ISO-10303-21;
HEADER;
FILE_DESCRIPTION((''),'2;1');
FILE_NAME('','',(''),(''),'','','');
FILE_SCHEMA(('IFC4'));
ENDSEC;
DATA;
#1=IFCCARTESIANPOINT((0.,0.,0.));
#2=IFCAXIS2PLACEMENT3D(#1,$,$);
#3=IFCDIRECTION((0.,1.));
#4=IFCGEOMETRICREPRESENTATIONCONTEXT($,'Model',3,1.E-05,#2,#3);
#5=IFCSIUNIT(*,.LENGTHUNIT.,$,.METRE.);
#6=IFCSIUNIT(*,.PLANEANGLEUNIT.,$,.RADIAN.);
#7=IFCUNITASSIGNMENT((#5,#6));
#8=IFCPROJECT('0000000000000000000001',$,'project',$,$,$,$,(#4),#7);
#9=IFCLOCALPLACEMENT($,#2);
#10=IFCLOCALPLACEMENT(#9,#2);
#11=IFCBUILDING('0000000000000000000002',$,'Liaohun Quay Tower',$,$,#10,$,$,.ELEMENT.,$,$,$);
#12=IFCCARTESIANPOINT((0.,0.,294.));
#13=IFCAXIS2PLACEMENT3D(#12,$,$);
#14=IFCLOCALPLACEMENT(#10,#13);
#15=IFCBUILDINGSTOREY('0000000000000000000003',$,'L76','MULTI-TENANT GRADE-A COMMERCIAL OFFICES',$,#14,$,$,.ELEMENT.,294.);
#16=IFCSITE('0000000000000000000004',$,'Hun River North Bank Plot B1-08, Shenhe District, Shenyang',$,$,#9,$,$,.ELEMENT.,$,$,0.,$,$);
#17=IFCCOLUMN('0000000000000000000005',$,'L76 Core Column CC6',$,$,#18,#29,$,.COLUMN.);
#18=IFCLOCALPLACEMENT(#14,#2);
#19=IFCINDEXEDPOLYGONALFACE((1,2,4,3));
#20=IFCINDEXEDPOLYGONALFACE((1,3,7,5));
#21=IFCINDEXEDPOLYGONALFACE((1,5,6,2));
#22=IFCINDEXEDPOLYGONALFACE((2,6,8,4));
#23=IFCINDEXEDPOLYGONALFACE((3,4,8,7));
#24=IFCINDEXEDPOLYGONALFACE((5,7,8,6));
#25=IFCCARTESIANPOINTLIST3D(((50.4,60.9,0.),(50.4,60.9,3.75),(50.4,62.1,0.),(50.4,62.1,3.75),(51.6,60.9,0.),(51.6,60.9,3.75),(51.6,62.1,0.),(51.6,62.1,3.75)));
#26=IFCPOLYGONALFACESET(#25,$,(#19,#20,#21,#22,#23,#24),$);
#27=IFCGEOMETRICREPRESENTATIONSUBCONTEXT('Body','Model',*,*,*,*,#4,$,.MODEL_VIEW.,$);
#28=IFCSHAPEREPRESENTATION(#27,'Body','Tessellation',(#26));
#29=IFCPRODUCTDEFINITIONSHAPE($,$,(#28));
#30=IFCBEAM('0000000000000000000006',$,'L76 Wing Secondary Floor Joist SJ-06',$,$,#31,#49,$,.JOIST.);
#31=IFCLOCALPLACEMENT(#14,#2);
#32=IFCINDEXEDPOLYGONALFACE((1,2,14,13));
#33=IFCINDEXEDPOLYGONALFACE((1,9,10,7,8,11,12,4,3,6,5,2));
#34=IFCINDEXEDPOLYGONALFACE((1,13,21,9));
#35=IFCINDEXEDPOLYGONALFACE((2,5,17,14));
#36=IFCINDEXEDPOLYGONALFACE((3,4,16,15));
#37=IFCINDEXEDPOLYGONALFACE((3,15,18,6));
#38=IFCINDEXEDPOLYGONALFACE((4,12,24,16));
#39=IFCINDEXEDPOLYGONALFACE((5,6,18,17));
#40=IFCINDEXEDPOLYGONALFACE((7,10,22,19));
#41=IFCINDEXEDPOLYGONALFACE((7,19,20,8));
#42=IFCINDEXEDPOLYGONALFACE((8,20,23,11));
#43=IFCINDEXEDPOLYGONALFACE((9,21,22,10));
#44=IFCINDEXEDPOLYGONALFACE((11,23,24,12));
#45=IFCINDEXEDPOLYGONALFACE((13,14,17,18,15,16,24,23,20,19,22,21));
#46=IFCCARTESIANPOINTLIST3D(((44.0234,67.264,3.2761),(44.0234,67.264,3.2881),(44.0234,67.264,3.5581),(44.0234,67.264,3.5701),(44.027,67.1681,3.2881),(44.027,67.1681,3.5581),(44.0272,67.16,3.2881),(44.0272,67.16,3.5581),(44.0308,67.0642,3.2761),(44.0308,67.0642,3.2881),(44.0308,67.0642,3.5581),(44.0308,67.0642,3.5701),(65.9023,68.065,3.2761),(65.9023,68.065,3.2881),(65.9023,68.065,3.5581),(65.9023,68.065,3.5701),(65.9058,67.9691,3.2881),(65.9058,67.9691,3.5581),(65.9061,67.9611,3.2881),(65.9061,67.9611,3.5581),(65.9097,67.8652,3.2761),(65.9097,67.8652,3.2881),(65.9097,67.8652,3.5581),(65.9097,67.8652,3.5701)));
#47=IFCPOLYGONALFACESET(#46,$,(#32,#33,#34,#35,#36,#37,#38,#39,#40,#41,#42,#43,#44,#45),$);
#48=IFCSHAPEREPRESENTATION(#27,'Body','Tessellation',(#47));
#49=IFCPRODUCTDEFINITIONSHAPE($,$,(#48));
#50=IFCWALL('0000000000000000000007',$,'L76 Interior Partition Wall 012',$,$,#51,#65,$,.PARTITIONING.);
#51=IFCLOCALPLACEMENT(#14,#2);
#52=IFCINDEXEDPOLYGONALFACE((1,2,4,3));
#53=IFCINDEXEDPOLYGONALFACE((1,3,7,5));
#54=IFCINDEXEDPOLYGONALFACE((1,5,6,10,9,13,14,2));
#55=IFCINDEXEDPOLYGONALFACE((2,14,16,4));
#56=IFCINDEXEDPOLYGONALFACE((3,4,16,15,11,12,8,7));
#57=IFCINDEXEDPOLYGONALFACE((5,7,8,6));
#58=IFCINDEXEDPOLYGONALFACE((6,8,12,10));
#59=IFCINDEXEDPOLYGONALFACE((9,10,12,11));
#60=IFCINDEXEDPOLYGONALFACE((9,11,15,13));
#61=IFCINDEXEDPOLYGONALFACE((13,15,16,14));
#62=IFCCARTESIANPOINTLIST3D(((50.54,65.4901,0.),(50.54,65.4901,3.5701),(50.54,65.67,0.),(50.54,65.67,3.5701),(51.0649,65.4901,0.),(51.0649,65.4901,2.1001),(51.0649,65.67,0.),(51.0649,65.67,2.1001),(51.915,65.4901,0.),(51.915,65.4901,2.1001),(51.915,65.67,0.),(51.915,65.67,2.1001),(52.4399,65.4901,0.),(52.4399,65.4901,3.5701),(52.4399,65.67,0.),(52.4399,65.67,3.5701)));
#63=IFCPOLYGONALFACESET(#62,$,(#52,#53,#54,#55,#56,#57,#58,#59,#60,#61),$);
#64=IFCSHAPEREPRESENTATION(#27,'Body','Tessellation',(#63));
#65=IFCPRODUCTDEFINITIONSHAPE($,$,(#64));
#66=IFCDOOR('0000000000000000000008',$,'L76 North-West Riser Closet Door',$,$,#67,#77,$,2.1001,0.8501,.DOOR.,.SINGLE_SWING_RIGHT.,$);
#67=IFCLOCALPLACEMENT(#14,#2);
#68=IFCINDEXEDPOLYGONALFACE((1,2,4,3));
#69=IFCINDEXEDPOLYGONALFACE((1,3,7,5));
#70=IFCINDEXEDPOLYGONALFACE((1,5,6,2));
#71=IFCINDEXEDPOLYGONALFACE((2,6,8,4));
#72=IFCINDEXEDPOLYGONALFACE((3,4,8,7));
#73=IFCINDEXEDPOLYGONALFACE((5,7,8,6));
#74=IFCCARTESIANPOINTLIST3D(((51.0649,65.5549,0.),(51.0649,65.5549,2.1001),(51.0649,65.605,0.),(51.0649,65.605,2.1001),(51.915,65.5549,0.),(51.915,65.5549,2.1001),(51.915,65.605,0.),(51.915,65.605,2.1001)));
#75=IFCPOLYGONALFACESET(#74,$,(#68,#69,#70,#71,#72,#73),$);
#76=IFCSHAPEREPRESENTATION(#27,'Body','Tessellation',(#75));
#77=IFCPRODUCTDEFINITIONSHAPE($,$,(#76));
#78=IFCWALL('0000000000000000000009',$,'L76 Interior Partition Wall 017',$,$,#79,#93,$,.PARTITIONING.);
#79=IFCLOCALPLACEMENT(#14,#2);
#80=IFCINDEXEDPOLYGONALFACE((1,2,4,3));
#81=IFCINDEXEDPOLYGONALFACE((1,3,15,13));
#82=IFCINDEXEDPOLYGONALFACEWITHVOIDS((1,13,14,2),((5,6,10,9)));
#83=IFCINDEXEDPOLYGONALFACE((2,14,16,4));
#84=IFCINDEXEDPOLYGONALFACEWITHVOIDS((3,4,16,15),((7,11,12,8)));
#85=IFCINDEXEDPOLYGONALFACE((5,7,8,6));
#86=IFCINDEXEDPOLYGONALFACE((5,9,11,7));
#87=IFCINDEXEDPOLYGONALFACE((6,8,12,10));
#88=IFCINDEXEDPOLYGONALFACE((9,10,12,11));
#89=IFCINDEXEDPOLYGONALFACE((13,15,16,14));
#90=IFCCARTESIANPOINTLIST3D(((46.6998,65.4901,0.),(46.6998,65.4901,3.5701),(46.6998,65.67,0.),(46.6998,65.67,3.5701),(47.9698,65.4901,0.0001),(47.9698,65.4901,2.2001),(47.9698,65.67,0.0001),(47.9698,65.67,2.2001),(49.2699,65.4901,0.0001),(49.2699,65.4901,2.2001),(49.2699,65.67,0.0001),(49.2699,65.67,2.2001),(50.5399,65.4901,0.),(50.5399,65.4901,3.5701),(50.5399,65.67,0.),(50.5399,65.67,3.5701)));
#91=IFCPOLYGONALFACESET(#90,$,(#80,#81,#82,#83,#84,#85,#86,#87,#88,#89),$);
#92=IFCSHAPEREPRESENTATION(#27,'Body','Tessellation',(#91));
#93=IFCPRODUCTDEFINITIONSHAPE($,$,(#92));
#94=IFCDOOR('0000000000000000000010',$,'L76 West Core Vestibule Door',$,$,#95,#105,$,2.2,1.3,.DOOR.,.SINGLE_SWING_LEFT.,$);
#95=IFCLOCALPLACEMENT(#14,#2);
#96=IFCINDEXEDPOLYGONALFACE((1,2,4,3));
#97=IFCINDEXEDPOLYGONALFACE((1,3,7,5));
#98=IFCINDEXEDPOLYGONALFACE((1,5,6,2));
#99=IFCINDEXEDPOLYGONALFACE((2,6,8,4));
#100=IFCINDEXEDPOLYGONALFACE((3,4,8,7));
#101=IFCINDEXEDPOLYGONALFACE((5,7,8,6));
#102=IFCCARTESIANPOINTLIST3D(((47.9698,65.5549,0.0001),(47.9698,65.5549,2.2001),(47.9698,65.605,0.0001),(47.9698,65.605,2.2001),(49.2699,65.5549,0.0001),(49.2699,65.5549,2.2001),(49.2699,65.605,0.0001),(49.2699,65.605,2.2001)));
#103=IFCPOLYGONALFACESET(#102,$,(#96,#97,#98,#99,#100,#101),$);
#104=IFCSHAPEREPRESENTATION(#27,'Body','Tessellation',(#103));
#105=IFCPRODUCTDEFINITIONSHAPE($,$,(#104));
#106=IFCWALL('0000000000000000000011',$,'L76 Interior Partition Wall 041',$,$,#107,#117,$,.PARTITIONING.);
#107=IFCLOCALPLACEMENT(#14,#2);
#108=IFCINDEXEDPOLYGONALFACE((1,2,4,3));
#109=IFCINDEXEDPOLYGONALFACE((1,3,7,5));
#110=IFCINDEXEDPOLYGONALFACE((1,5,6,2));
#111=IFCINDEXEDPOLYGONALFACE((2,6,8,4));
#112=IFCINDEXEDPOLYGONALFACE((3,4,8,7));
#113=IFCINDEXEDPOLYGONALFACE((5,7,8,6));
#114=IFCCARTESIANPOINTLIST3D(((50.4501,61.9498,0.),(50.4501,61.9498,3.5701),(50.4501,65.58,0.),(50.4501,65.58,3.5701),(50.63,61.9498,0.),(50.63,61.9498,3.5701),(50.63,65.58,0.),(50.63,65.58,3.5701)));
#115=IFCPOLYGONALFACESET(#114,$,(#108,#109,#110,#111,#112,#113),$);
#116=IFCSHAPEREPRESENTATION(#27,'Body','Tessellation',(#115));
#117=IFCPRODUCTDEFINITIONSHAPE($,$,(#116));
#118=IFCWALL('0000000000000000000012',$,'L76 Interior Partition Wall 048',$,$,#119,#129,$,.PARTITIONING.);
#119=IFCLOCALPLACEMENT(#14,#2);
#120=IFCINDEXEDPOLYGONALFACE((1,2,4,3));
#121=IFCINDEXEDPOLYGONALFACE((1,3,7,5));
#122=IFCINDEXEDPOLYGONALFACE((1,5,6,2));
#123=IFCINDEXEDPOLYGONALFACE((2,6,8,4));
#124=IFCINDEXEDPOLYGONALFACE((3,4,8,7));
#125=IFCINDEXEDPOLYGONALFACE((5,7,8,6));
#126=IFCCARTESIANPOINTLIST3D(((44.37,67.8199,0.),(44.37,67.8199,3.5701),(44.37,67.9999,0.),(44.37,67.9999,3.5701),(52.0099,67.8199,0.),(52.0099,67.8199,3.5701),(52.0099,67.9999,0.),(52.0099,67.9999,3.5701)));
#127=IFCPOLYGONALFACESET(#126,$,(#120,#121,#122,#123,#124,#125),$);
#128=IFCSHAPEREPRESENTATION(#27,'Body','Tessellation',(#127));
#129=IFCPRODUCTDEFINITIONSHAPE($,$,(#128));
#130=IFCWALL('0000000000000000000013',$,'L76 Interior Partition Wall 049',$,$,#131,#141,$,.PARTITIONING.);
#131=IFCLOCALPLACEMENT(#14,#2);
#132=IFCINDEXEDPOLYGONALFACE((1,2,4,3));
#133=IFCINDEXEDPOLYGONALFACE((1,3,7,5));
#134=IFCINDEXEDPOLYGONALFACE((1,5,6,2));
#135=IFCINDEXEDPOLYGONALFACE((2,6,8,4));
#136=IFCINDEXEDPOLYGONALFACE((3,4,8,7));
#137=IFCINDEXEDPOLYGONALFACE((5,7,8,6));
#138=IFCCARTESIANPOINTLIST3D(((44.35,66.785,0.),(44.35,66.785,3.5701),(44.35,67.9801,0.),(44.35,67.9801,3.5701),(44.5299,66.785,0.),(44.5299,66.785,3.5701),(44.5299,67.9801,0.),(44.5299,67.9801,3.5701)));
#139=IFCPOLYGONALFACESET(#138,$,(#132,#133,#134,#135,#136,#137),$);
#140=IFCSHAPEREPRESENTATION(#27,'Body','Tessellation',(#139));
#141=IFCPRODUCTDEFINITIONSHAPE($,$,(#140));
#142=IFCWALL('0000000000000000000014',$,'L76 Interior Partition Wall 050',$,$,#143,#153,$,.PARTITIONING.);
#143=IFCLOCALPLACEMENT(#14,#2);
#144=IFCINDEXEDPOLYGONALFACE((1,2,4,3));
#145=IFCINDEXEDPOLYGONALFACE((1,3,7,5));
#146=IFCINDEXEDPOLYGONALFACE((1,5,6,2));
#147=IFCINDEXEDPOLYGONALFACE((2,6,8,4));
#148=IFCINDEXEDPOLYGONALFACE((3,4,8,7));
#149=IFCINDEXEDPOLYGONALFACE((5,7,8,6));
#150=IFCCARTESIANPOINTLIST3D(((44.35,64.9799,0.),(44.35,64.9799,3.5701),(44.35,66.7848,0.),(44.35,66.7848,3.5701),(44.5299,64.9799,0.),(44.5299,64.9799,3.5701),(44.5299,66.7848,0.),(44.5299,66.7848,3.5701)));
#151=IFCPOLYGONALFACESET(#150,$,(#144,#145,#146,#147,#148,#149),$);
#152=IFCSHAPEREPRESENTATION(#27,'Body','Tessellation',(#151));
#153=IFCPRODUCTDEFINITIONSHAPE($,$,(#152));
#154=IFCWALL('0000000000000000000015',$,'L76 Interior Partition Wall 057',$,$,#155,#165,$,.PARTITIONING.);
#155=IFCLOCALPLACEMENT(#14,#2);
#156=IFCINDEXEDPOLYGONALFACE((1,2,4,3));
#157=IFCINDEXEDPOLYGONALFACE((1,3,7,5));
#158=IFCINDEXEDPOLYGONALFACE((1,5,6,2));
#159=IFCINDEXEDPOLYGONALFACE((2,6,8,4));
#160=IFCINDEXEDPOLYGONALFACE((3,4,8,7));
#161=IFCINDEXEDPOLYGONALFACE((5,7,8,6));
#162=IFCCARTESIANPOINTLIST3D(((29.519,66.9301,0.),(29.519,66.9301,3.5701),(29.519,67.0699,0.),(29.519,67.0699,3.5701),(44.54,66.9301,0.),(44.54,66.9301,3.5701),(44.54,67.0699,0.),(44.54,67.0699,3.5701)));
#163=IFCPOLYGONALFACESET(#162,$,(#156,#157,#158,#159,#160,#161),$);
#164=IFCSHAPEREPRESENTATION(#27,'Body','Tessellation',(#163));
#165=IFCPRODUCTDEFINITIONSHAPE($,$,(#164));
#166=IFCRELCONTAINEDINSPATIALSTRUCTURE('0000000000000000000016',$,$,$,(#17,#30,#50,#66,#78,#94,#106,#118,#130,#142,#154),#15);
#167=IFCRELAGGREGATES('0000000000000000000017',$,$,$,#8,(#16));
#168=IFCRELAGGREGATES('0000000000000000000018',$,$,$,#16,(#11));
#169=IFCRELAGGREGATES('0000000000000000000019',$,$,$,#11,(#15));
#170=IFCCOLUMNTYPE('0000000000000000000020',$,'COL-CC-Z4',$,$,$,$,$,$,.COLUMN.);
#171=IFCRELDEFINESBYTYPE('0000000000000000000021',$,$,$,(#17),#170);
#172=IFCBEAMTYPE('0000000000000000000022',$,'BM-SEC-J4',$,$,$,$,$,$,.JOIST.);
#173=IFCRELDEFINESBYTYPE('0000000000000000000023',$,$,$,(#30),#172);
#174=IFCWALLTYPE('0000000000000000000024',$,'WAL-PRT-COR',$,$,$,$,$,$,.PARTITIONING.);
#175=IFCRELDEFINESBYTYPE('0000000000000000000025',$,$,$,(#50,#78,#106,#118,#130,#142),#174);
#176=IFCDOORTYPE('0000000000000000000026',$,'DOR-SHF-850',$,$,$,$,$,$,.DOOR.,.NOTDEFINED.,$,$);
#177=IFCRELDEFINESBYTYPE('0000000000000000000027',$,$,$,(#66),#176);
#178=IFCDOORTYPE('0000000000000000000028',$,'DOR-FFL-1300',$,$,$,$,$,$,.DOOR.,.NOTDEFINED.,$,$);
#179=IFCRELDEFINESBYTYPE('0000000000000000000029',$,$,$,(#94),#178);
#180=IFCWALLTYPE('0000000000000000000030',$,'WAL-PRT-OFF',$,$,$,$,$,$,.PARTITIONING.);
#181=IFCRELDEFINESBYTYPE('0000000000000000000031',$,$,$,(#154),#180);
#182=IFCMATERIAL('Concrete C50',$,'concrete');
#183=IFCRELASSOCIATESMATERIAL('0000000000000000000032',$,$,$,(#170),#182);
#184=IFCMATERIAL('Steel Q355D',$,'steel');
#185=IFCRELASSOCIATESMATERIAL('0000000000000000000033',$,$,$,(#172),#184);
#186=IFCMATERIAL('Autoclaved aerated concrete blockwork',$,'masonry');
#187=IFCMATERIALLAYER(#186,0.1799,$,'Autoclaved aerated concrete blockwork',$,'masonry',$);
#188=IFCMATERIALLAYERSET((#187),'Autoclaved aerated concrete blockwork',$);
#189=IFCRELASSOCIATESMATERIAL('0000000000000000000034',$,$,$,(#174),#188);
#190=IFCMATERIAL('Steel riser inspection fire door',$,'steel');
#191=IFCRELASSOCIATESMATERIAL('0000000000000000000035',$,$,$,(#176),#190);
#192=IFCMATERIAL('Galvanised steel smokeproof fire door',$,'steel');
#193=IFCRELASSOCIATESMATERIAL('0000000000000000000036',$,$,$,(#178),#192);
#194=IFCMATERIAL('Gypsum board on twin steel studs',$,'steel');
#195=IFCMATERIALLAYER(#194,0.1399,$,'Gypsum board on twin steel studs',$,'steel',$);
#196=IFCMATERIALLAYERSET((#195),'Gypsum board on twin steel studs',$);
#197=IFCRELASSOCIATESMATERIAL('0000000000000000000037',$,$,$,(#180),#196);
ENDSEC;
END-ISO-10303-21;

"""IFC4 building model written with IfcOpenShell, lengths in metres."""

from ifc_helpers import new_model, si_unit, direction, frame, frame_2d, origin, origin_2d, place, context, subcontext, project, spatial, rectangle, i_section, extrude, source, transform, mapped, material, layer, layer_set, material_profile, profile_set, type_object, element, fill, save


model = new_model("IFC4")

# Units and contexts
model_context = context("Model", 3, precision=1e-05, world=origin(), true_north=direction((0.0, 1.0)))
body_context = subcontext(model_context, "Body", "Model", "MODEL_VIEW")
ifc_project = project(units=[si_unit("LENGTHUNIT", "METRE"), si_unit("PLANEANGLEUNIT", "RADIAN")], contexts=[model_context])

# Site, building, storey
site_placement = place(None, origin())
site = spatial("IfcSite", under=ifc_project, at=site_placement, Name="Hun River North Bank Plot B1-08, Shenhe District, Shenyang", CompositionType="ELEMENT", RefElevation=0.0)
building_placement = place(site_placement, origin())
building = spatial("IfcBuilding", under=site, at=building_placement, Name="Liaohun Quay Tower", CompositionType="ELEMENT")
storey_placement = place(building_placement, frame((0.0, 0.0, 294.0)))
storey = spatial("IfcBuildingStorey", under=building, at=storey_placement, Name="L76", Description="MULTI-TENANT GRADE-A COMMERCIAL OFFICES", CompositionType="ELEMENT", Elevation=294.0)

# Column
ifc_material_1 = material(Name="Concrete C50", Category="concrete")
ifc_material_profile_1 = material_profile(ifc_material_1, rectangle(XDim=1.2, YDim=1.2, at=origin_2d()), Name="RC1200x1200")
ifc_profile_set_1 = profile_set([ifc_material_profile_1], Name="Concrete C50")
column_type = type_object("IfcColumnType", Name="COL-CC-Z4", PredefinedType="COLUMN", material=ifc_profile_set_1)
shared_shape_1 = source(origin(), body_context, "Body", "SweptSolid", [
    extrude(rectangle(XDim=1.2, YDim=1.2, at=origin_2d()), origin(), (0.0, 0.0, 1.0), 3.75),
])
column_placement = place(storey_placement, frame((51.0, 61.5, 0.0), z_axis=(0.0, 0.0, 1.0), x_axis=(1.0, 0.0, 0.0)))
element("IfcColumn", 1, at=column_placement, inside=storey, type_object=column_type, Name="L76 Core Column CC6", PredefinedType="COLUMN", context=body_context, shape_type="MappedRepresentation", body=[
    mapped(shared_shape_1, transform((0.0, 0.0, 0.0), x_axis=(1.0, 0.0, 0.0), y_axis=(0.0, 1.0, 0.0), z_axis=(0.0, 0.0, 1.0), scale=1.0)),
])

# Beam
ifc_material_2 = material(Name="Steel Q355D", Category="steel")
ifc_material_profile_2 = material_profile(ifc_material_2, i_section(OverallWidth=0.2, OverallDepth=0.2939, WebThickness=0.0081, FlangeThickness=0.012, at=origin_2d()), Name="HM294x200x8x12")
ifc_profile_set_2 = profile_set([ifc_material_profile_2], Name="Steel Q355D")
beam_type = type_object("IfcBeamType", Name="BM-SEC-J4", PredefinedType="JOIST", material=ifc_profile_set_2)
shared_shape_2 = source(origin(), body_context, "Body", "SweptSolid", [
    extrude(i_section(OverallWidth=0.2, OverallDepth=0.2939, WebThickness=0.0081, FlangeThickness=0.012, at=origin_2d()), origin(), (0.0, 0.0, 1.0), 21.8936),
])
beam_placement = place(storey_placement, frame((44.0271, 67.1641, 3.4231), z_axis=(0.99933, 0.036587, 0.0), x_axis=(-0.036587, 0.99933, 0.0)))
element("IfcBeam", 2, at=beam_placement, inside=storey, type_object=beam_type, Name="L76 Wing Secondary Floor Joist SJ-06", PredefinedType="JOIST", context=body_context, shape_type="MappedRepresentation", body=[
    mapped(shared_shape_2, transform((0.0, 0.0, 0.0), x_axis=(1.0, 0.0, 0.0), y_axis=(0.0, 1.0, 0.0), z_axis=(0.0, 0.0, 1.0), scale=1.0)),
])

# Walls, openings, doors
ifc_material_3 = material(Name="Autoclaved aerated concrete blockwork", Category="masonry")
ifc_layer_1 = layer(ifc_material_3, 0.1799, Name="Autoclaved aerated concrete blockwork", Category="masonry")
ifc_layer_set_1 = layer_set([ifc_layer_1], Name="Autoclaved aerated concrete blockwork")
wall_type_1 = type_object("IfcWallType", Name="WAL-PRT-COR", PredefinedType="PARTITIONING", material=ifc_layer_set_1)
wall_1_placement = place(storey_placement, frame((50.54, 65.5801, 0.0), z_axis=(0.0, 0.0, 1.0), x_axis=(1.0, 0.0, 0.0)))
wall_1 = element("IfcWall", 3, at=wall_1_placement, inside=storey, type_object=wall_type_1, Name="L76 Interior Partition Wall 012", PredefinedType="PARTITIONING", context=body_context, shape_type="SweptSolid", body=[
    extrude(rectangle(XDim=1.8999, YDim=0.1799, at=frame_2d((0.95, 0.0))), origin(), (0.0, 0.0, 1.0), 3.5701),
])
shared_shape_3 = source(origin(), body_context, "Body", "SweptSolid", [
    extrude(rectangle(XDim=0.8501, YDim=2.1001, at=frame_2d((0.425, 1.05))), frame((0.0, 0.0999, 0.0), z_axis=(0.0, -1.0, 0.0), x_axis=(1.0, 0.0, 0.0)), (0.0, 0.0, 1.0), 0.2),
])
opening_1_placement = place(wall_1_placement, frame((0.5249, 0.0, 0.0)))
opening_1 = element("IfcOpeningElement", 4, at=opening_1_placement, cuts=wall_1, PredefinedType="OPENING", context=body_context, shape_type="MappedRepresentation", body=[
    mapped(shared_shape_3, transform((0.0, 0.0, 0.0), x_axis=(1.0, 0.0, 0.0), y_axis=(0.0, 1.0, 0.0), z_axis=(0.0, 0.0, 1.0), scale=1.0)),
])
ifc_material_4 = material(Name="Steel riser inspection fire door", Category="steel")
door_type_1 = type_object("IfcDoorType", Name="DOR-SHF-850", OperationType="NOTDEFINED", PredefinedType="DOOR", material=ifc_material_4)
shared_shape_4 = source(origin(), body_context, "Body", "SweptSolid", [
    extrude(rectangle(XDim=0.8501, YDim=2.1001, at=frame_2d((0.425, 1.05))), frame((0.0, 0.0249, 0.0), z_axis=(0.0, -1.0, 0.0), x_axis=(1.0, 0.0, 0.0)), (0.0, 0.0, 1.0), 0.05),
])
door_1_placement = place(opening_1_placement, origin())
door_1 = element("IfcDoor", 5, at=door_1_placement, inside=storey, type_object=door_type_1, Name="L76 North-West Riser Closet Door", OperationType="SINGLE_SWING_RIGHT", OverallHeight=2.1001, OverallWidth=0.8501, PredefinedType="DOOR", context=body_context, shape_type="MappedRepresentation", body=[
    mapped(shared_shape_4, transform((0.0, 0.0, 0.0), x_axis=(1.0, 0.0, 0.0), y_axis=(0.0, 1.0, 0.0), z_axis=(0.0, 0.0, 1.0), scale=1.0)),
])
fill(opening_1, door_1)
wall_2_placement = place(storey_placement, frame((46.7, 65.5801, 0.0), z_axis=(0.0, 0.0, 1.0), x_axis=(1.0, 0.0, 0.0)))
wall_2 = element("IfcWall", 6, at=wall_2_placement, inside=storey, type_object=wall_type_1, Name="L76 Interior Partition Wall 017", PredefinedType="PARTITIONING", context=body_context, shape_type="SweptSolid", body=[
    extrude(rectangle(XDim=3.8401, YDim=0.1799, at=frame_2d((1.9199, 0.0))), origin(), (0.0, 0.0, 1.0), 3.5701),
])
shared_shape_5 = source(origin(), body_context, "Body", "SweptSolid", [
    extrude(rectangle(XDim=1.3, YDim=2.2, at=frame_2d((0.6499, 1.1001))), frame((0.0, 0.0999, 0.0), z_axis=(0.0, -1.0, 0.0), x_axis=(1.0, 0.0, 0.0)), (0.0, 0.0, 1.0), 0.2),
])
opening_2_placement = place(wall_2_placement, frame((1.27, 0.0, 0.0)))
opening_2 = element("IfcOpeningElement", 7, at=opening_2_placement, cuts=wall_2, PredefinedType="OPENING", context=body_context, shape_type="MappedRepresentation", body=[
    mapped(shared_shape_5, transform((0.0, 0.0, 0.0), x_axis=(1.0, 0.0, 0.0), y_axis=(0.0, 1.0, 0.0), z_axis=(0.0, 0.0, 1.0), scale=1.0)),
])
ifc_material_5 = material(Name="Galvanised steel smokeproof fire door", Category="steel")
door_type_2 = type_object("IfcDoorType", Name="DOR-FFL-1300", OperationType="NOTDEFINED", PredefinedType="DOOR", material=ifc_material_5)
shared_shape_6 = source(origin(), body_context, "Body", "SweptSolid", [
    extrude(rectangle(XDim=1.3, YDim=2.2, at=frame_2d((0.6499, 1.1001))), frame((0.0, 0.0249, 0.0), z_axis=(0.0, -1.0, 0.0), x_axis=(1.0, 0.0, 0.0)), (0.0, 0.0, 1.0), 0.05),
])
door_2_placement = place(opening_2_placement, origin())
door_2 = element("IfcDoor", 8, at=door_2_placement, inside=storey, type_object=door_type_2, Name="L76 West Core Vestibule Door", OperationType="SINGLE_SWING_LEFT", OverallHeight=2.2, OverallWidth=1.3, PredefinedType="DOOR", context=body_context, shape_type="MappedRepresentation", body=[
    mapped(shared_shape_6, transform((0.0, 0.0, 0.0), x_axis=(1.0, 0.0, 0.0), y_axis=(0.0, 1.0, 0.0), z_axis=(0.0, 0.0, 1.0), scale=1.0)),
])
fill(opening_2, door_2)

# Walls
wall_3_placement = place(storey_placement, frame((50.54, 61.95, 0.0), z_axis=(0.0, 0.0, 1.0), x_axis=(0.0, 1.0, 0.0)))
element("IfcWall", 9, at=wall_3_placement, inside=storey, type_object=wall_type_1, Name="L76 Interior Partition Wall 041", PredefinedType="PARTITIONING", context=body_context, shape_type="SweptSolid", body=[
    extrude(rectangle(XDim=3.6301, YDim=0.1799, at=frame_2d((1.8149, 0.0))), origin(), (0.0, 0.0, 1.0), 3.5701),
])
wall_4_placement = place(storey_placement, frame((44.3701, 67.9099, 0.0), z_axis=(0.0, 0.0, 1.0), x_axis=(1.0, 0.0, 0.0)))
element("IfcWall", 10, at=wall_4_placement, inside=storey, type_object=wall_type_1, Name="L76 Interior Partition Wall 048", PredefinedType="PARTITIONING", context=body_context, shape_type="SweptSolid", body=[
    extrude(rectangle(XDim=7.6399, YDim=0.1799, at=frame_2d((3.8198, 0.0))), origin(), (0.0, 0.0, 1.0), 3.5701),
])
wall_5_placement = place(storey_placement, frame((44.4399, 66.7849, 0.0), z_axis=(0.0, 0.0, 1.0), x_axis=(0.0, 1.0, 0.0)))
element("IfcWall", 11, at=wall_5_placement, inside=storey, type_object=wall_type_1, Name="L76 Interior Partition Wall 049", PredefinedType="PARTITIONING", context=body_context, shape_type="SweptSolid", body=[
    extrude(rectangle(XDim=1.1951, YDim=0.1799, at=frame_2d((0.5977, 0.0))), origin(), (0.0, 0.0, 1.0), 3.5701),
])
wall_6_placement = place(storey_placement, frame((44.4399, 64.98, 0.0), z_axis=(0.0, 0.0, 1.0), x_axis=(0.0, 1.0, 0.0)))
element("IfcWall", 12, at=wall_6_placement, inside=storey, type_object=wall_type_1, Name="L76 Interior Partition Wall 050", PredefinedType="PARTITIONING", context=body_context, shape_type="SweptSolid", body=[
    extrude(rectangle(XDim=1.8049, YDim=0.1799, at=frame_2d((0.9023, 0.0))), origin(), (0.0, 0.0, 1.0), 3.5701),
])
ifc_material_6 = material(Name="Gypsum board on twin steel studs", Category="steel")
ifc_layer_2 = layer(ifc_material_6, 0.1399, Name="Gypsum board on twin steel studs", Category="steel")
ifc_layer_set_2 = layer_set([ifc_layer_2], Name="Gypsum board on twin steel studs")
wall_type_2 = type_object("IfcWallType", Name="WAL-PRT-OFF", PredefinedType="PARTITIONING", material=ifc_layer_set_2)
wall_7_placement = place(storey_placement, frame((44.54, 67.0, 0.0), z_axis=(0.0, 0.0, 1.0), x_axis=(-1.0, 0.0, 0.0)))
element("IfcWall", 13, at=wall_7_placement, inside=storey, type_object=wall_type_2, Name="L76 Interior Partition Wall 057", PredefinedType="PARTITIONING", context=body_context, shape_type="SweptSolid", body=[
    extrude(rectangle(XDim=15.021, YDim=0.1399, at=frame_2d((7.5105, 0.0))), origin(), (0.0, 0.0, 1.0), 3.5701),
])

save(model, "model.ifc")
